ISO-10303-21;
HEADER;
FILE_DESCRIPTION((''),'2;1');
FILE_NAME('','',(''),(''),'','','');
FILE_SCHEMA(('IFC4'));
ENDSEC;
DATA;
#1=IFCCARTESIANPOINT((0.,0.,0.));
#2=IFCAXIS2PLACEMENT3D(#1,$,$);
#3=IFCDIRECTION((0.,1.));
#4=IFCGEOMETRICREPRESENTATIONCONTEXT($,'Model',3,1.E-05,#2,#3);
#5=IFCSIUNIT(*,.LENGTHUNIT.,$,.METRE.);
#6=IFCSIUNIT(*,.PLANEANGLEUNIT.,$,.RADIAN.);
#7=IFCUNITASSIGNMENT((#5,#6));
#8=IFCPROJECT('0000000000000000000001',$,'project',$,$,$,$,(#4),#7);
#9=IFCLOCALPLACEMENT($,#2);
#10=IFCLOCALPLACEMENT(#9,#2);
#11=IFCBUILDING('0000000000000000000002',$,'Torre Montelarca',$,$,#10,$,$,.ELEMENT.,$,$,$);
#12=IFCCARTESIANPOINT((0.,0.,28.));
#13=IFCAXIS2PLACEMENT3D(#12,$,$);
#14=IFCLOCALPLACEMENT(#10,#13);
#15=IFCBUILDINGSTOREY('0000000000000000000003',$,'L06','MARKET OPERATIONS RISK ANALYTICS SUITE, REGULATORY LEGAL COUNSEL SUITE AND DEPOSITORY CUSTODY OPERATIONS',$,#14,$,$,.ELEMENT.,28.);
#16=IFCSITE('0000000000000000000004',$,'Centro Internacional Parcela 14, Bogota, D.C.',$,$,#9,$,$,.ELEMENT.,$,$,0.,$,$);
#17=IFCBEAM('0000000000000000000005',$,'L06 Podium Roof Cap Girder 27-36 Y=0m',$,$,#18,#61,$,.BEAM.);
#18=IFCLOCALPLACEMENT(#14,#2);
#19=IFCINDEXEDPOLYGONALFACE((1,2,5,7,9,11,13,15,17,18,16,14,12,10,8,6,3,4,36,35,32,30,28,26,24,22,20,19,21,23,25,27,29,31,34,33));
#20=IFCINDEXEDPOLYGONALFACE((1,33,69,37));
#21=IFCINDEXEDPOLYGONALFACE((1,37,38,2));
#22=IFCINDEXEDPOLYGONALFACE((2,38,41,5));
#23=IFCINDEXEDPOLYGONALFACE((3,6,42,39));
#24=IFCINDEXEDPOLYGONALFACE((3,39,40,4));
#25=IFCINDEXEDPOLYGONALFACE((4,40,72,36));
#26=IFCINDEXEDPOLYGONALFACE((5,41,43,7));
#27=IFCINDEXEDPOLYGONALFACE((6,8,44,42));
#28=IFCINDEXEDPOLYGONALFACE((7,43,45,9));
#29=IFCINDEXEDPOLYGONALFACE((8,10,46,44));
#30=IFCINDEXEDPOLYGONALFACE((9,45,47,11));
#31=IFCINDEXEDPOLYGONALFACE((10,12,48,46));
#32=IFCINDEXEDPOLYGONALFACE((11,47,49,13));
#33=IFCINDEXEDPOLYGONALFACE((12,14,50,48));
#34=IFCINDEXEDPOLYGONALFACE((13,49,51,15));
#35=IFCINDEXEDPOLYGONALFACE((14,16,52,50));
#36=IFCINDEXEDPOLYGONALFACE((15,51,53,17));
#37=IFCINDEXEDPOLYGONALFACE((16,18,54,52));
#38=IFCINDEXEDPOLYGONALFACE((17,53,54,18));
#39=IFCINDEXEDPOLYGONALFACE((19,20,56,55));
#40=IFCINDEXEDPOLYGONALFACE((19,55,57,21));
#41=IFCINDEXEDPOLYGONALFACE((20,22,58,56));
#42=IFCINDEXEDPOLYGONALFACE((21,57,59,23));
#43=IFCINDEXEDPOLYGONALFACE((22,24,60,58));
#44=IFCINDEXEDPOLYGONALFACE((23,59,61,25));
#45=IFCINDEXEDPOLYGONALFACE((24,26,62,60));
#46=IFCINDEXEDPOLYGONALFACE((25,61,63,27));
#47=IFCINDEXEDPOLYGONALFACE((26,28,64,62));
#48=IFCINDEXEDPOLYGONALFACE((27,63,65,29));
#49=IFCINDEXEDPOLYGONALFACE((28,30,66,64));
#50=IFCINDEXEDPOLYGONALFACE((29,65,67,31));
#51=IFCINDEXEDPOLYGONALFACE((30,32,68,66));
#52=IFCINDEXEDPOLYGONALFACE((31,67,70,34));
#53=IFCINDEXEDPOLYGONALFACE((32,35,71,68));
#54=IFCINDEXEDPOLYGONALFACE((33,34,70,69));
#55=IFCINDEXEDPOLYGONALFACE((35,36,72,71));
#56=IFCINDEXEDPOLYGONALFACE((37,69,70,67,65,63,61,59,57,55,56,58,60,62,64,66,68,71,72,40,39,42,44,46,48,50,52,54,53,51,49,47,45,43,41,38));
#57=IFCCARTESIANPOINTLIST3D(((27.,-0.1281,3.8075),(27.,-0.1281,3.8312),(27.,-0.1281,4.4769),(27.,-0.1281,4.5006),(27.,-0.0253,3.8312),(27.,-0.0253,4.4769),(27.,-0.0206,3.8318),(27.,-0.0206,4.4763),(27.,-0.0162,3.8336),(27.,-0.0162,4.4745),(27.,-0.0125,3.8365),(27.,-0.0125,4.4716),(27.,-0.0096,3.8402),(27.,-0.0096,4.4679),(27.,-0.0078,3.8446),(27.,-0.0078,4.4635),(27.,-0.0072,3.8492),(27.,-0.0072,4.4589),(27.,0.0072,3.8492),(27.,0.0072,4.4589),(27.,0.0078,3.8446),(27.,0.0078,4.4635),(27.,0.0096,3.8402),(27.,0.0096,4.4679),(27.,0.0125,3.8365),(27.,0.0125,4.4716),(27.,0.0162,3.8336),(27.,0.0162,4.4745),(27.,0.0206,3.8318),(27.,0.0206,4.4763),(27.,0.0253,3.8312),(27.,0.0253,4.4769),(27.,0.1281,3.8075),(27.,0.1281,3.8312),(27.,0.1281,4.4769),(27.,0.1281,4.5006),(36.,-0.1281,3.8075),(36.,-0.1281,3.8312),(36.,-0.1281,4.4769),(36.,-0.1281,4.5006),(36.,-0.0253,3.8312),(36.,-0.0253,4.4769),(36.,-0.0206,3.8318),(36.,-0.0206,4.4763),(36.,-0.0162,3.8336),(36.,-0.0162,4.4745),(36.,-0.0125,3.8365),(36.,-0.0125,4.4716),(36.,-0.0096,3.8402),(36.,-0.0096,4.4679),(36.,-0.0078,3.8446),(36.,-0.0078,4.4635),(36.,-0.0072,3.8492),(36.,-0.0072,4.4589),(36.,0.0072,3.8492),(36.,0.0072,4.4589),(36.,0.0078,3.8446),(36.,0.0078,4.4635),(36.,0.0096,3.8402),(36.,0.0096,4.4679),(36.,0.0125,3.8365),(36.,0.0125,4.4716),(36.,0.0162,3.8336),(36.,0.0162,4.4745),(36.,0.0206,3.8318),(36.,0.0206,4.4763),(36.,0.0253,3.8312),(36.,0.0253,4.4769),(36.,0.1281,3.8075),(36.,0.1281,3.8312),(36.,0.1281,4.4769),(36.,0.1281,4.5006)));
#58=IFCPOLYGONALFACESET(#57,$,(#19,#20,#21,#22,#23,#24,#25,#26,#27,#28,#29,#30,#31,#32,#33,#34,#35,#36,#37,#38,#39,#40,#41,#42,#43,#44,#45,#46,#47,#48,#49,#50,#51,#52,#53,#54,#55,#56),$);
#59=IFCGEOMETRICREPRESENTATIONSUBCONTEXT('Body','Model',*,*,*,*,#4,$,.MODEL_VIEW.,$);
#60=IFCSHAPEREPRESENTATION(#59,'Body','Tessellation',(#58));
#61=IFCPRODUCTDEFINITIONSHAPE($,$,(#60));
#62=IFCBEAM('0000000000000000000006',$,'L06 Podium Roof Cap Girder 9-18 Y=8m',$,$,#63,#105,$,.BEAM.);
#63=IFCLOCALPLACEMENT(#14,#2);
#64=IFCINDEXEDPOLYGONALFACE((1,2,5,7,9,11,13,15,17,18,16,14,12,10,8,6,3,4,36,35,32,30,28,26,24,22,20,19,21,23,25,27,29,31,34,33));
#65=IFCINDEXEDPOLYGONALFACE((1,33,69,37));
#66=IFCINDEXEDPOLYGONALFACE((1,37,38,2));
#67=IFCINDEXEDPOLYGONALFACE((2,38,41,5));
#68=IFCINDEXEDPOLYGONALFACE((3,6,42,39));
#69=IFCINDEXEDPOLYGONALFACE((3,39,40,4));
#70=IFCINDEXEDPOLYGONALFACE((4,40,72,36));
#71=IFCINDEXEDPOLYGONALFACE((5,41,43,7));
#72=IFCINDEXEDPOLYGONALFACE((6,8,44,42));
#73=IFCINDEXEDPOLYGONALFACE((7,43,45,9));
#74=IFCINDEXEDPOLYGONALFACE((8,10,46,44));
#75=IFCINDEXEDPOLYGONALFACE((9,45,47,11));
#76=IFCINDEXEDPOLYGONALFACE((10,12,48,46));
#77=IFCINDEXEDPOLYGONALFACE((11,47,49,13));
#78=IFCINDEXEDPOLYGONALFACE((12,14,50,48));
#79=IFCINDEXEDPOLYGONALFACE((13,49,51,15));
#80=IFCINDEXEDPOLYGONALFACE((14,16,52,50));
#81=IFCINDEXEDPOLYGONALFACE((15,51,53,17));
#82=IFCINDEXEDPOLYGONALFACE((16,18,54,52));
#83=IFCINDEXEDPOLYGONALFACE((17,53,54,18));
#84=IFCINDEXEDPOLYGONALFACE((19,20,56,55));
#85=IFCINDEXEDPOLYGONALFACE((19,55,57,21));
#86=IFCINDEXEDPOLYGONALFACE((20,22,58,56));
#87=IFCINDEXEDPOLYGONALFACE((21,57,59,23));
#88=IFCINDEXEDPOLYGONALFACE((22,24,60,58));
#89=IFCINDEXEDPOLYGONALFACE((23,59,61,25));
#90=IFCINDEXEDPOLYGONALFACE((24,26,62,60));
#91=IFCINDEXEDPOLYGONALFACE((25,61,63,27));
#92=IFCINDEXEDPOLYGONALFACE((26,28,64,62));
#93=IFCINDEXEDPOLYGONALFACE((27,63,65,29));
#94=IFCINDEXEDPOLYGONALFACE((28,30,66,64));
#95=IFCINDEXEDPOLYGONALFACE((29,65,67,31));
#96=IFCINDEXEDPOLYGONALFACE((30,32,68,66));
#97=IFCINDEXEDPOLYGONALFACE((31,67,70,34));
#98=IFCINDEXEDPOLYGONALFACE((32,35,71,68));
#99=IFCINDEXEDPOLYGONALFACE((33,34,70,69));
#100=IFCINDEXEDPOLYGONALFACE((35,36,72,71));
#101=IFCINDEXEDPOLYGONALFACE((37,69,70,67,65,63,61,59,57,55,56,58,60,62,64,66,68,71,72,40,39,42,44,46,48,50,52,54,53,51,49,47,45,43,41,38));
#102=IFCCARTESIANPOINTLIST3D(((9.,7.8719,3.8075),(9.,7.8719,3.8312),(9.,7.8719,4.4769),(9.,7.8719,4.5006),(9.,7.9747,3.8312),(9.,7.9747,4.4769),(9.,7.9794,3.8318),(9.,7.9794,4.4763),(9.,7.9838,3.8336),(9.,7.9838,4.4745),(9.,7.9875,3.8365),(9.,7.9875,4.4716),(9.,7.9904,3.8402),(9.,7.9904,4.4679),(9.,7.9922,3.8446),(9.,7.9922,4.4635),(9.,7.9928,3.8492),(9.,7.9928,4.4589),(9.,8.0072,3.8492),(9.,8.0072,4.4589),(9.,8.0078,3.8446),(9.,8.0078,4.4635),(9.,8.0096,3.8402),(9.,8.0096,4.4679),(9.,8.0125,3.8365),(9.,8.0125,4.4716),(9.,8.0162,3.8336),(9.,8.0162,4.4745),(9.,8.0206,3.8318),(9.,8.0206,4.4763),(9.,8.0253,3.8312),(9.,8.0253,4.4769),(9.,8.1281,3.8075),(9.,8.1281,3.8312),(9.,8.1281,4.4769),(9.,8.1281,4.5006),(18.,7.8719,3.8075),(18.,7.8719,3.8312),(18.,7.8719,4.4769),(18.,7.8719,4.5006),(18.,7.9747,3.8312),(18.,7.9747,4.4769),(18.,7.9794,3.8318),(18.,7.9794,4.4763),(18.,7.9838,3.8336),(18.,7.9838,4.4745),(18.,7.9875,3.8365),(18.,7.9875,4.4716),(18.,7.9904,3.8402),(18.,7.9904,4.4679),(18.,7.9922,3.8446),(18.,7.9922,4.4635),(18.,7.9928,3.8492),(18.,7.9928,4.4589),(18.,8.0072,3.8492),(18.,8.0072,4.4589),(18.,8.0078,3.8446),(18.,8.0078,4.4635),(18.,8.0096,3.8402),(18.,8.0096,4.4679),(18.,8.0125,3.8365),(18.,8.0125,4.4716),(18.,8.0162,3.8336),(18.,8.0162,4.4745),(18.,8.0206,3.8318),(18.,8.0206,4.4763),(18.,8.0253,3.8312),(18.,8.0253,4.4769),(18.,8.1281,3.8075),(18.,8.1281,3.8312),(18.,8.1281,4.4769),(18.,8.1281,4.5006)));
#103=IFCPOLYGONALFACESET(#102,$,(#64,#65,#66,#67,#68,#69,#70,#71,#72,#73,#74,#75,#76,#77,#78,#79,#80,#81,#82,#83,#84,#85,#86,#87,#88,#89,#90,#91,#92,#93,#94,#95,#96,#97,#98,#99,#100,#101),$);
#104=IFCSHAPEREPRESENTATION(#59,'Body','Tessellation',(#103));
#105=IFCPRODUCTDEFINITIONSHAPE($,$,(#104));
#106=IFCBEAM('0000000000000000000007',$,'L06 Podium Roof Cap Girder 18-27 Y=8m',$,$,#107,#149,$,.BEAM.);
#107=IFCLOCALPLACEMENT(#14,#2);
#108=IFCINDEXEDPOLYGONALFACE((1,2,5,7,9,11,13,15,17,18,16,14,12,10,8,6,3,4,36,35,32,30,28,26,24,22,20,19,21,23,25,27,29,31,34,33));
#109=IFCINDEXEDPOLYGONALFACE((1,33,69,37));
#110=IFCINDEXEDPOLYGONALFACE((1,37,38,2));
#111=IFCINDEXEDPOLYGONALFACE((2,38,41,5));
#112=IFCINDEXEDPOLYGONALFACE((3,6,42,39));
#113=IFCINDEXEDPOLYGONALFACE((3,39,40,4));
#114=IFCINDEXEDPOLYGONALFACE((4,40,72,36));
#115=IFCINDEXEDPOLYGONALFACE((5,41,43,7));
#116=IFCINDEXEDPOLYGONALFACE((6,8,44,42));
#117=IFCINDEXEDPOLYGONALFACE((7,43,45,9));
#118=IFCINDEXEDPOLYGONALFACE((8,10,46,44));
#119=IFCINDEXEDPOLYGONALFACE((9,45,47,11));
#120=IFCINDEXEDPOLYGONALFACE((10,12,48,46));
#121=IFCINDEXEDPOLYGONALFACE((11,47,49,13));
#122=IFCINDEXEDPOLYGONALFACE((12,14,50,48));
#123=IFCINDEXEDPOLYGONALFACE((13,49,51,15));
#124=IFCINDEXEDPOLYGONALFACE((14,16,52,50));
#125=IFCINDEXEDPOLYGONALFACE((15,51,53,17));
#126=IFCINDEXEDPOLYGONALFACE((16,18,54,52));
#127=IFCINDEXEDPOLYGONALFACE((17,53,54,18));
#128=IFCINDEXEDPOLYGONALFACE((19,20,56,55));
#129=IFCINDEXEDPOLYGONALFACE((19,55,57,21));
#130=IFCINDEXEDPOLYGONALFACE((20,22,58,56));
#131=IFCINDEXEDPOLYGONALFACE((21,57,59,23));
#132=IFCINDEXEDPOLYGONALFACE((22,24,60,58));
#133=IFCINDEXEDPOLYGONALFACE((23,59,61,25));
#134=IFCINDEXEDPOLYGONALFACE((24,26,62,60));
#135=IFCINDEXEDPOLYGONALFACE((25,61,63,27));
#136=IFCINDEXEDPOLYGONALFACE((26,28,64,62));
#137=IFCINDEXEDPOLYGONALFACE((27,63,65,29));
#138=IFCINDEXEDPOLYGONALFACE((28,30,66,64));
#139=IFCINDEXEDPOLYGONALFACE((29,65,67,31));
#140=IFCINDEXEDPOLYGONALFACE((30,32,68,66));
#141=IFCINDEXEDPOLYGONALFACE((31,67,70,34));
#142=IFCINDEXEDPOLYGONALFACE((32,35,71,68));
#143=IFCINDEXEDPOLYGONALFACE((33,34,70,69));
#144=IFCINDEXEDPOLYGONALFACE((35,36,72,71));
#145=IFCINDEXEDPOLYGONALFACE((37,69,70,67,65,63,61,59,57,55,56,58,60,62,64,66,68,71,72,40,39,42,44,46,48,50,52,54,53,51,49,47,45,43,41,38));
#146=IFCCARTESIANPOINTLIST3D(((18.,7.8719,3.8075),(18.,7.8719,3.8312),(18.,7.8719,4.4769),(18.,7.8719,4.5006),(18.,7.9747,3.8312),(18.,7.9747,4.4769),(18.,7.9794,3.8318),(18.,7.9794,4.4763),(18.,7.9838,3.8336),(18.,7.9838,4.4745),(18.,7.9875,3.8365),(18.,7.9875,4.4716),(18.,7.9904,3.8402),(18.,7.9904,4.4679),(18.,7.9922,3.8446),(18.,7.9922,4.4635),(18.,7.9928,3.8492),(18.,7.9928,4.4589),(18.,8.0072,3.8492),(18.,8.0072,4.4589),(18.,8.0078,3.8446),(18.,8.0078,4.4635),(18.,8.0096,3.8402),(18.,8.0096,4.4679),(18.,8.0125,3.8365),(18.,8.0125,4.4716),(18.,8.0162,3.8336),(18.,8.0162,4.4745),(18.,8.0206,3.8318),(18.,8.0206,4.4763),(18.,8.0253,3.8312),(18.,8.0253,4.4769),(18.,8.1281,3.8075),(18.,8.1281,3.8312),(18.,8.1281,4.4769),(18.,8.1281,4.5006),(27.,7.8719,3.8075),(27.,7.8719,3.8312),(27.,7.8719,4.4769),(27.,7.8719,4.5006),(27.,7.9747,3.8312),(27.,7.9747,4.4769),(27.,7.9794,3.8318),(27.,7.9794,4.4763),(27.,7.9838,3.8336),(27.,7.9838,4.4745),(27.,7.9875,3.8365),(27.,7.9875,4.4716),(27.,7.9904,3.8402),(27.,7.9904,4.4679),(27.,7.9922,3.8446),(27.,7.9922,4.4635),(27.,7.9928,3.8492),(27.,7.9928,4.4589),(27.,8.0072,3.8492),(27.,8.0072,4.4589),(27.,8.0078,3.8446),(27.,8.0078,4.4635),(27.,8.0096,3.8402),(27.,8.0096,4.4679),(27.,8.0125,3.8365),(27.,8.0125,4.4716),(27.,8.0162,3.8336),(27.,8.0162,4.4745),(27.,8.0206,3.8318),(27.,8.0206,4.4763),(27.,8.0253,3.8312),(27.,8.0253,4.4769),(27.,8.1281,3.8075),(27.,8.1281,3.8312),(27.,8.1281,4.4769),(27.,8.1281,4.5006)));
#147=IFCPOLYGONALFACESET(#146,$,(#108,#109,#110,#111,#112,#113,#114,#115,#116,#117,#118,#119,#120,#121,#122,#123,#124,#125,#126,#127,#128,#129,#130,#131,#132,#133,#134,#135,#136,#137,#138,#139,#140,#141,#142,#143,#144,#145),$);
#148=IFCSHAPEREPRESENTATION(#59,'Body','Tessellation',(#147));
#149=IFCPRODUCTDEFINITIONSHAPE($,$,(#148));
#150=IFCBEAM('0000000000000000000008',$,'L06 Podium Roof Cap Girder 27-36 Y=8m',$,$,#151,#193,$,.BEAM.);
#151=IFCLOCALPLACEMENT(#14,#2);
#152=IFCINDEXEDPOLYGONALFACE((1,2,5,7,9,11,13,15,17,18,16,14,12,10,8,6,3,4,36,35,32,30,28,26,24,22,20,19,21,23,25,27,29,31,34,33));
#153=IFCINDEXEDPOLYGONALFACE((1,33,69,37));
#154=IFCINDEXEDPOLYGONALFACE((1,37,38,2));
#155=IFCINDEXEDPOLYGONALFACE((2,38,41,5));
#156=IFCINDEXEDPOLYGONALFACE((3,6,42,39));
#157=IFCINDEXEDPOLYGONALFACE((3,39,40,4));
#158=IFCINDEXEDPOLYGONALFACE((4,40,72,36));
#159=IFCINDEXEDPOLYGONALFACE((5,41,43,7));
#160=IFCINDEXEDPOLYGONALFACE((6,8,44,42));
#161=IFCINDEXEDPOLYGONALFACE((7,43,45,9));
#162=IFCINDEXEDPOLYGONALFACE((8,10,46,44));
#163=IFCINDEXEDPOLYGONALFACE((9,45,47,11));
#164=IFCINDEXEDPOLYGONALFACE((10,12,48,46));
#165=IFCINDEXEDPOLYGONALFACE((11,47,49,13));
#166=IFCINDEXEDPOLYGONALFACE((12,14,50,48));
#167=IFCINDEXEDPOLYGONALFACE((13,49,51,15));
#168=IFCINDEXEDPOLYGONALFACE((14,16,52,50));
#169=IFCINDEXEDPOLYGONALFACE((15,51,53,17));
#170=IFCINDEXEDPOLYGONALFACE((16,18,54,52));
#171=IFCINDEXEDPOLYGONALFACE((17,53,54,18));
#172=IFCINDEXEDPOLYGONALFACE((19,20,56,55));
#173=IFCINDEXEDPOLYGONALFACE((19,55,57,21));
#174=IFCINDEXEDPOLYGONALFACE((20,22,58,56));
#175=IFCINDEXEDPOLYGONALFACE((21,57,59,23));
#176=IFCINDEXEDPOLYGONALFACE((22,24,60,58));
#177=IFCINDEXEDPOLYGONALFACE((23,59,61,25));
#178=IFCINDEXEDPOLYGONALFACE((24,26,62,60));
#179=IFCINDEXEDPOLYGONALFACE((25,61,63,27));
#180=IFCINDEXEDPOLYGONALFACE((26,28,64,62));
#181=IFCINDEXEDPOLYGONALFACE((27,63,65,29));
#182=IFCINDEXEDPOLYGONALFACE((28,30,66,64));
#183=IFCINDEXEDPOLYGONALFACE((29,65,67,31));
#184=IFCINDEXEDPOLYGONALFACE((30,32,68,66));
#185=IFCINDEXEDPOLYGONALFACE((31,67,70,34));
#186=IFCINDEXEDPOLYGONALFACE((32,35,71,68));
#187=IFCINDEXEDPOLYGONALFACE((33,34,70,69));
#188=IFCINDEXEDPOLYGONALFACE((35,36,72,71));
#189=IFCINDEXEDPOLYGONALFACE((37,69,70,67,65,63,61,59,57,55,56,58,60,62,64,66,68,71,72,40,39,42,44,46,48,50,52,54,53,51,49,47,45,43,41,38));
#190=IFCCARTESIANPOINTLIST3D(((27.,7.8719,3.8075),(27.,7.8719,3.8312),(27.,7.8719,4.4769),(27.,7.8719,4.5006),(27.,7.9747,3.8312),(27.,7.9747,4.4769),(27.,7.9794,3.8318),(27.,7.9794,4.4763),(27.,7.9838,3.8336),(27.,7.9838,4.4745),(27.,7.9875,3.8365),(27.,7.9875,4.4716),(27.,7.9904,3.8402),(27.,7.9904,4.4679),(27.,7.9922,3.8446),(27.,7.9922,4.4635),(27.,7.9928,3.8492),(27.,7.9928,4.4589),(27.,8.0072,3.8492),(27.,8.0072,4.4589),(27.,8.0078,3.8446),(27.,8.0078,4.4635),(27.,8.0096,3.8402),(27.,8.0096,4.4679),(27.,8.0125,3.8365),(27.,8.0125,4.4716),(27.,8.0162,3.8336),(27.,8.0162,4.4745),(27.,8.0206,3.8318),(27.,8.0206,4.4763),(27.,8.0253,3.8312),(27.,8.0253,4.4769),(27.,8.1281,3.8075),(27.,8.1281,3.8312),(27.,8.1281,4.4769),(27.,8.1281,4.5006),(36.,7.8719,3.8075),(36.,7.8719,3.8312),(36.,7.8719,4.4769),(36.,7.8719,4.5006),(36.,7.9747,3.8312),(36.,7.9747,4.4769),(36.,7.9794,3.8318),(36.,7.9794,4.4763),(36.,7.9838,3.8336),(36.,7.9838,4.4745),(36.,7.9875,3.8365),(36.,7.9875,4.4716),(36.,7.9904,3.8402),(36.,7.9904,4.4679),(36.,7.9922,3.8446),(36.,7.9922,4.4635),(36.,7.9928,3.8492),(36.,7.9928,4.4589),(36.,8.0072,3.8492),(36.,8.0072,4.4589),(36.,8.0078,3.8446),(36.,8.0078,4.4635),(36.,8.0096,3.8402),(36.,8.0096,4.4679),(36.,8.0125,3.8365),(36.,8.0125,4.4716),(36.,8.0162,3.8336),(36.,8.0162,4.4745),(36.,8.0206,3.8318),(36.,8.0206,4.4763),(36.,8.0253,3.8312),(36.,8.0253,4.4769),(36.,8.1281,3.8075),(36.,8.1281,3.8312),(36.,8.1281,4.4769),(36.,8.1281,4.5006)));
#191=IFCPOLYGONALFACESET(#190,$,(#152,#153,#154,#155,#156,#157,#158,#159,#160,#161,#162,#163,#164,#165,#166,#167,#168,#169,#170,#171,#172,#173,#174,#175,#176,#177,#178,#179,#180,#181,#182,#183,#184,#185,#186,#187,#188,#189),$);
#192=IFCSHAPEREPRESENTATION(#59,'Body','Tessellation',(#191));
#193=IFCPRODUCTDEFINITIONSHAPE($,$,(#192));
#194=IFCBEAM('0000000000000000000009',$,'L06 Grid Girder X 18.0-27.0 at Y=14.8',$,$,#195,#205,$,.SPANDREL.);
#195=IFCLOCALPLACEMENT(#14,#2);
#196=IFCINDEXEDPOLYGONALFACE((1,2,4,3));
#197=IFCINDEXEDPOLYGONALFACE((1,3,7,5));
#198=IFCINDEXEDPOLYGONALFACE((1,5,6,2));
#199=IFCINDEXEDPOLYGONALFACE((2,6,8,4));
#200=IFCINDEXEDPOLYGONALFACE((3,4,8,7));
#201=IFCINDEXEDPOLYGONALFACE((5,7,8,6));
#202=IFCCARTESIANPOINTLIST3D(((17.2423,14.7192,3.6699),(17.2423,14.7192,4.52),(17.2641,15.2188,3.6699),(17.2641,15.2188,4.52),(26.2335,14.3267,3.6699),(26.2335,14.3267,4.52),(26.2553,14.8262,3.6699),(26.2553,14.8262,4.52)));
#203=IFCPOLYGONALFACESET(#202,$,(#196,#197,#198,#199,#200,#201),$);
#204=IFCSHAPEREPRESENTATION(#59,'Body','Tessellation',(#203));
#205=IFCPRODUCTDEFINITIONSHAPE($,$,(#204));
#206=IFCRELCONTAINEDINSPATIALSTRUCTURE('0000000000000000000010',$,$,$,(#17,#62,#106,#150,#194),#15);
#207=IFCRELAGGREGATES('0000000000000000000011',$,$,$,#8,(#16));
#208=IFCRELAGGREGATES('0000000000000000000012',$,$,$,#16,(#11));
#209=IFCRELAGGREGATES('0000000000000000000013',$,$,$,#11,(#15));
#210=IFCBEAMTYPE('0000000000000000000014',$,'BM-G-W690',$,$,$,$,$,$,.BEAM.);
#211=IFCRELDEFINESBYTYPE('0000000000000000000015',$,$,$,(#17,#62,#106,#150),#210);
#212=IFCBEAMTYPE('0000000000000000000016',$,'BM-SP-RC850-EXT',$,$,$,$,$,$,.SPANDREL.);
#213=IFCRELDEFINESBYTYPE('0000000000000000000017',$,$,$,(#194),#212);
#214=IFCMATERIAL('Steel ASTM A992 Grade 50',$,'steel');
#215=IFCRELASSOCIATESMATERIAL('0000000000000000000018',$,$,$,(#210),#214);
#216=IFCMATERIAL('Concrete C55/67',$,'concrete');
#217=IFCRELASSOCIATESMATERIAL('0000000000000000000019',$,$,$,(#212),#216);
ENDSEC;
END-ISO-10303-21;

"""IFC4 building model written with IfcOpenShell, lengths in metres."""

from ifc_helpers import new_model, si_unit, direction, frame, origin, origin_2d, place, context, subcontext, project, spatial, rectangle, i_section, extrude, source, transform, mapped, material, material_profile, profile_set, type_object, element, save


model = new_model("IFC4")

# Units and contexts
model_context = context("Model", 3, precision=1e-05, world=origin(), true_north=direction((0.0, 1.0)))
body_context = subcontext(model_context, "Body", "Model", "MODEL_VIEW")
ifc_project = project(units=[si_unit("LENGTHUNIT", "METRE"), si_unit("PLANEANGLEUNIT", "RADIAN")], contexts=[model_context])

# Site, building, storey
site_placement = place(None, origin())
site = spatial("IfcSite", under=ifc_project, at=site_placement, Name="Centro Internacional Parcela 14, Bogota, D.C.", CompositionType="ELEMENT", RefElevation=0.0)
building_placement = place(site_placement, origin())
building = spatial("IfcBuilding", under=site, at=building_placement, Name="Torre Montelarca", CompositionType="ELEMENT")
storey_placement = place(building_placement, frame((0.0, 0.0, 28.0)))
storey = spatial("IfcBuildingStorey", under=building, at=storey_placement, Name="L06", Description="MARKET OPERATIONS RISK ANALYTICS SUITE, REGULATORY LEGAL COUNSEL SUITE AND DEPOSITORY CUSTODY OPERATIONS", CompositionType="ELEMENT", Elevation=28.0)

# Beams
ifc_material_1 = material(Name="Steel ASTM A992 Grade 50", Category="steel")
ifc_material_profile_1 = material_profile(ifc_material_1, i_section(OverallWidth=0.2561, OverallDepth=0.6931, WebThickness=0.0144, FlangeThickness=0.0237, FilletRadius=0.0181, at=origin_2d()), Name="W690X170", Category="steel")
ifc_profile_set_1 = profile_set([ifc_material_profile_1], Name="Steel ASTM A992 Grade 50")
beam_type_1 = type_object("IfcBeamType", Name="BM-G-W690", PredefinedType="BEAM", material=ifc_profile_set_1)
shared_shape_1 = source(origin(), body_context, "Body", "SweptSolid", [
    extrude(i_section(OverallWidth=0.2561, OverallDepth=0.6931, WebThickness=0.0144, FlangeThickness=0.0237, FilletRadius=0.0181, at=origin_2d()), origin(), (0.0, 0.0, 1.0), 9.0),
])
for number, where, z_axis, x_axis, name in (
    (1, (27.0, 0.0, 4.1541), (1.0, 0.0, 0.0), (0.0, 1.0, 0.0), "L06 Podium Roof Cap Girder 27-36 Y=0m"),
    (2, (9.0, 8.0, 4.1541), (1.0, 0.0, 0.0), (0.0, 1.0, 0.0), "L06 Podium Roof Cap Girder 9-18 Y=8m"),
    (3, (18.0, 8.0, 4.1541), (1.0, 0.0, 0.0), (0.0, 1.0, 0.0), "L06 Podium Roof Cap Girder 18-27 Y=8m"),
    (4, (27.0, 8.0, 4.1541), (1.0, 0.0, 0.0), (0.0, 1.0, 0.0), "L06 Podium Roof Cap Girder 27-36 Y=8m"),
):
    element("IfcBeam", number, at=place(storey_placement, frame(where, z_axis=z_axis, x_axis=x_axis)), inside=storey, type_object=beam_type_1, Name=name, PredefinedType="BEAM", context=body_context, shape_type="MappedRepresentation", body=[
        mapped(shared_shape_1, transform((0.0, 0.0, 0.0), scale=1.0)),
    ])
ifc_material_2 = material(Name="Concrete C55/67", Category="concrete")
ifc_material_profile_2 = material_profile(ifc_material_2, rectangle(XDim=0.5, YDim=0.8501, at=origin_2d()), Name="RCB500X850", Category="concrete")
ifc_profile_set_2 = profile_set([ifc_material_profile_2], Name="Concrete C55/67")
beam_type_2 = type_object("IfcBeamType", Name="BM-SP-RC850-EXT", PredefinedType="SPANDREL", material=ifc_profile_set_2)
shared_shape_2 = source(origin(), body_context, "Body", "SweptSolid", [
    extrude(rectangle(XDim=0.5, YDim=0.8501, at=origin_2d()), origin(), (0.0, 0.0, 1.0), 8.9998),
])
beam_placement = place(storey_placement, frame((17.2532, 14.969, 4.095), z_axis=(0.999048, -0.043621, 0.0), x_axis=(0.043621, 0.999048, 0.0)))
element("IfcBeam", 5, at=beam_placement, inside=storey, type_object=beam_type_2, Name="L06 Grid Girder X 18.0-27.0 at Y=14.8", PredefinedType="SPANDREL", context=body_context, shape_type="MappedRepresentation", body=[
    mapped(shared_shape_2, transform((0.0, 0.0, 0.0), scale=1.0)),
])

save(model, "model.ifc")
